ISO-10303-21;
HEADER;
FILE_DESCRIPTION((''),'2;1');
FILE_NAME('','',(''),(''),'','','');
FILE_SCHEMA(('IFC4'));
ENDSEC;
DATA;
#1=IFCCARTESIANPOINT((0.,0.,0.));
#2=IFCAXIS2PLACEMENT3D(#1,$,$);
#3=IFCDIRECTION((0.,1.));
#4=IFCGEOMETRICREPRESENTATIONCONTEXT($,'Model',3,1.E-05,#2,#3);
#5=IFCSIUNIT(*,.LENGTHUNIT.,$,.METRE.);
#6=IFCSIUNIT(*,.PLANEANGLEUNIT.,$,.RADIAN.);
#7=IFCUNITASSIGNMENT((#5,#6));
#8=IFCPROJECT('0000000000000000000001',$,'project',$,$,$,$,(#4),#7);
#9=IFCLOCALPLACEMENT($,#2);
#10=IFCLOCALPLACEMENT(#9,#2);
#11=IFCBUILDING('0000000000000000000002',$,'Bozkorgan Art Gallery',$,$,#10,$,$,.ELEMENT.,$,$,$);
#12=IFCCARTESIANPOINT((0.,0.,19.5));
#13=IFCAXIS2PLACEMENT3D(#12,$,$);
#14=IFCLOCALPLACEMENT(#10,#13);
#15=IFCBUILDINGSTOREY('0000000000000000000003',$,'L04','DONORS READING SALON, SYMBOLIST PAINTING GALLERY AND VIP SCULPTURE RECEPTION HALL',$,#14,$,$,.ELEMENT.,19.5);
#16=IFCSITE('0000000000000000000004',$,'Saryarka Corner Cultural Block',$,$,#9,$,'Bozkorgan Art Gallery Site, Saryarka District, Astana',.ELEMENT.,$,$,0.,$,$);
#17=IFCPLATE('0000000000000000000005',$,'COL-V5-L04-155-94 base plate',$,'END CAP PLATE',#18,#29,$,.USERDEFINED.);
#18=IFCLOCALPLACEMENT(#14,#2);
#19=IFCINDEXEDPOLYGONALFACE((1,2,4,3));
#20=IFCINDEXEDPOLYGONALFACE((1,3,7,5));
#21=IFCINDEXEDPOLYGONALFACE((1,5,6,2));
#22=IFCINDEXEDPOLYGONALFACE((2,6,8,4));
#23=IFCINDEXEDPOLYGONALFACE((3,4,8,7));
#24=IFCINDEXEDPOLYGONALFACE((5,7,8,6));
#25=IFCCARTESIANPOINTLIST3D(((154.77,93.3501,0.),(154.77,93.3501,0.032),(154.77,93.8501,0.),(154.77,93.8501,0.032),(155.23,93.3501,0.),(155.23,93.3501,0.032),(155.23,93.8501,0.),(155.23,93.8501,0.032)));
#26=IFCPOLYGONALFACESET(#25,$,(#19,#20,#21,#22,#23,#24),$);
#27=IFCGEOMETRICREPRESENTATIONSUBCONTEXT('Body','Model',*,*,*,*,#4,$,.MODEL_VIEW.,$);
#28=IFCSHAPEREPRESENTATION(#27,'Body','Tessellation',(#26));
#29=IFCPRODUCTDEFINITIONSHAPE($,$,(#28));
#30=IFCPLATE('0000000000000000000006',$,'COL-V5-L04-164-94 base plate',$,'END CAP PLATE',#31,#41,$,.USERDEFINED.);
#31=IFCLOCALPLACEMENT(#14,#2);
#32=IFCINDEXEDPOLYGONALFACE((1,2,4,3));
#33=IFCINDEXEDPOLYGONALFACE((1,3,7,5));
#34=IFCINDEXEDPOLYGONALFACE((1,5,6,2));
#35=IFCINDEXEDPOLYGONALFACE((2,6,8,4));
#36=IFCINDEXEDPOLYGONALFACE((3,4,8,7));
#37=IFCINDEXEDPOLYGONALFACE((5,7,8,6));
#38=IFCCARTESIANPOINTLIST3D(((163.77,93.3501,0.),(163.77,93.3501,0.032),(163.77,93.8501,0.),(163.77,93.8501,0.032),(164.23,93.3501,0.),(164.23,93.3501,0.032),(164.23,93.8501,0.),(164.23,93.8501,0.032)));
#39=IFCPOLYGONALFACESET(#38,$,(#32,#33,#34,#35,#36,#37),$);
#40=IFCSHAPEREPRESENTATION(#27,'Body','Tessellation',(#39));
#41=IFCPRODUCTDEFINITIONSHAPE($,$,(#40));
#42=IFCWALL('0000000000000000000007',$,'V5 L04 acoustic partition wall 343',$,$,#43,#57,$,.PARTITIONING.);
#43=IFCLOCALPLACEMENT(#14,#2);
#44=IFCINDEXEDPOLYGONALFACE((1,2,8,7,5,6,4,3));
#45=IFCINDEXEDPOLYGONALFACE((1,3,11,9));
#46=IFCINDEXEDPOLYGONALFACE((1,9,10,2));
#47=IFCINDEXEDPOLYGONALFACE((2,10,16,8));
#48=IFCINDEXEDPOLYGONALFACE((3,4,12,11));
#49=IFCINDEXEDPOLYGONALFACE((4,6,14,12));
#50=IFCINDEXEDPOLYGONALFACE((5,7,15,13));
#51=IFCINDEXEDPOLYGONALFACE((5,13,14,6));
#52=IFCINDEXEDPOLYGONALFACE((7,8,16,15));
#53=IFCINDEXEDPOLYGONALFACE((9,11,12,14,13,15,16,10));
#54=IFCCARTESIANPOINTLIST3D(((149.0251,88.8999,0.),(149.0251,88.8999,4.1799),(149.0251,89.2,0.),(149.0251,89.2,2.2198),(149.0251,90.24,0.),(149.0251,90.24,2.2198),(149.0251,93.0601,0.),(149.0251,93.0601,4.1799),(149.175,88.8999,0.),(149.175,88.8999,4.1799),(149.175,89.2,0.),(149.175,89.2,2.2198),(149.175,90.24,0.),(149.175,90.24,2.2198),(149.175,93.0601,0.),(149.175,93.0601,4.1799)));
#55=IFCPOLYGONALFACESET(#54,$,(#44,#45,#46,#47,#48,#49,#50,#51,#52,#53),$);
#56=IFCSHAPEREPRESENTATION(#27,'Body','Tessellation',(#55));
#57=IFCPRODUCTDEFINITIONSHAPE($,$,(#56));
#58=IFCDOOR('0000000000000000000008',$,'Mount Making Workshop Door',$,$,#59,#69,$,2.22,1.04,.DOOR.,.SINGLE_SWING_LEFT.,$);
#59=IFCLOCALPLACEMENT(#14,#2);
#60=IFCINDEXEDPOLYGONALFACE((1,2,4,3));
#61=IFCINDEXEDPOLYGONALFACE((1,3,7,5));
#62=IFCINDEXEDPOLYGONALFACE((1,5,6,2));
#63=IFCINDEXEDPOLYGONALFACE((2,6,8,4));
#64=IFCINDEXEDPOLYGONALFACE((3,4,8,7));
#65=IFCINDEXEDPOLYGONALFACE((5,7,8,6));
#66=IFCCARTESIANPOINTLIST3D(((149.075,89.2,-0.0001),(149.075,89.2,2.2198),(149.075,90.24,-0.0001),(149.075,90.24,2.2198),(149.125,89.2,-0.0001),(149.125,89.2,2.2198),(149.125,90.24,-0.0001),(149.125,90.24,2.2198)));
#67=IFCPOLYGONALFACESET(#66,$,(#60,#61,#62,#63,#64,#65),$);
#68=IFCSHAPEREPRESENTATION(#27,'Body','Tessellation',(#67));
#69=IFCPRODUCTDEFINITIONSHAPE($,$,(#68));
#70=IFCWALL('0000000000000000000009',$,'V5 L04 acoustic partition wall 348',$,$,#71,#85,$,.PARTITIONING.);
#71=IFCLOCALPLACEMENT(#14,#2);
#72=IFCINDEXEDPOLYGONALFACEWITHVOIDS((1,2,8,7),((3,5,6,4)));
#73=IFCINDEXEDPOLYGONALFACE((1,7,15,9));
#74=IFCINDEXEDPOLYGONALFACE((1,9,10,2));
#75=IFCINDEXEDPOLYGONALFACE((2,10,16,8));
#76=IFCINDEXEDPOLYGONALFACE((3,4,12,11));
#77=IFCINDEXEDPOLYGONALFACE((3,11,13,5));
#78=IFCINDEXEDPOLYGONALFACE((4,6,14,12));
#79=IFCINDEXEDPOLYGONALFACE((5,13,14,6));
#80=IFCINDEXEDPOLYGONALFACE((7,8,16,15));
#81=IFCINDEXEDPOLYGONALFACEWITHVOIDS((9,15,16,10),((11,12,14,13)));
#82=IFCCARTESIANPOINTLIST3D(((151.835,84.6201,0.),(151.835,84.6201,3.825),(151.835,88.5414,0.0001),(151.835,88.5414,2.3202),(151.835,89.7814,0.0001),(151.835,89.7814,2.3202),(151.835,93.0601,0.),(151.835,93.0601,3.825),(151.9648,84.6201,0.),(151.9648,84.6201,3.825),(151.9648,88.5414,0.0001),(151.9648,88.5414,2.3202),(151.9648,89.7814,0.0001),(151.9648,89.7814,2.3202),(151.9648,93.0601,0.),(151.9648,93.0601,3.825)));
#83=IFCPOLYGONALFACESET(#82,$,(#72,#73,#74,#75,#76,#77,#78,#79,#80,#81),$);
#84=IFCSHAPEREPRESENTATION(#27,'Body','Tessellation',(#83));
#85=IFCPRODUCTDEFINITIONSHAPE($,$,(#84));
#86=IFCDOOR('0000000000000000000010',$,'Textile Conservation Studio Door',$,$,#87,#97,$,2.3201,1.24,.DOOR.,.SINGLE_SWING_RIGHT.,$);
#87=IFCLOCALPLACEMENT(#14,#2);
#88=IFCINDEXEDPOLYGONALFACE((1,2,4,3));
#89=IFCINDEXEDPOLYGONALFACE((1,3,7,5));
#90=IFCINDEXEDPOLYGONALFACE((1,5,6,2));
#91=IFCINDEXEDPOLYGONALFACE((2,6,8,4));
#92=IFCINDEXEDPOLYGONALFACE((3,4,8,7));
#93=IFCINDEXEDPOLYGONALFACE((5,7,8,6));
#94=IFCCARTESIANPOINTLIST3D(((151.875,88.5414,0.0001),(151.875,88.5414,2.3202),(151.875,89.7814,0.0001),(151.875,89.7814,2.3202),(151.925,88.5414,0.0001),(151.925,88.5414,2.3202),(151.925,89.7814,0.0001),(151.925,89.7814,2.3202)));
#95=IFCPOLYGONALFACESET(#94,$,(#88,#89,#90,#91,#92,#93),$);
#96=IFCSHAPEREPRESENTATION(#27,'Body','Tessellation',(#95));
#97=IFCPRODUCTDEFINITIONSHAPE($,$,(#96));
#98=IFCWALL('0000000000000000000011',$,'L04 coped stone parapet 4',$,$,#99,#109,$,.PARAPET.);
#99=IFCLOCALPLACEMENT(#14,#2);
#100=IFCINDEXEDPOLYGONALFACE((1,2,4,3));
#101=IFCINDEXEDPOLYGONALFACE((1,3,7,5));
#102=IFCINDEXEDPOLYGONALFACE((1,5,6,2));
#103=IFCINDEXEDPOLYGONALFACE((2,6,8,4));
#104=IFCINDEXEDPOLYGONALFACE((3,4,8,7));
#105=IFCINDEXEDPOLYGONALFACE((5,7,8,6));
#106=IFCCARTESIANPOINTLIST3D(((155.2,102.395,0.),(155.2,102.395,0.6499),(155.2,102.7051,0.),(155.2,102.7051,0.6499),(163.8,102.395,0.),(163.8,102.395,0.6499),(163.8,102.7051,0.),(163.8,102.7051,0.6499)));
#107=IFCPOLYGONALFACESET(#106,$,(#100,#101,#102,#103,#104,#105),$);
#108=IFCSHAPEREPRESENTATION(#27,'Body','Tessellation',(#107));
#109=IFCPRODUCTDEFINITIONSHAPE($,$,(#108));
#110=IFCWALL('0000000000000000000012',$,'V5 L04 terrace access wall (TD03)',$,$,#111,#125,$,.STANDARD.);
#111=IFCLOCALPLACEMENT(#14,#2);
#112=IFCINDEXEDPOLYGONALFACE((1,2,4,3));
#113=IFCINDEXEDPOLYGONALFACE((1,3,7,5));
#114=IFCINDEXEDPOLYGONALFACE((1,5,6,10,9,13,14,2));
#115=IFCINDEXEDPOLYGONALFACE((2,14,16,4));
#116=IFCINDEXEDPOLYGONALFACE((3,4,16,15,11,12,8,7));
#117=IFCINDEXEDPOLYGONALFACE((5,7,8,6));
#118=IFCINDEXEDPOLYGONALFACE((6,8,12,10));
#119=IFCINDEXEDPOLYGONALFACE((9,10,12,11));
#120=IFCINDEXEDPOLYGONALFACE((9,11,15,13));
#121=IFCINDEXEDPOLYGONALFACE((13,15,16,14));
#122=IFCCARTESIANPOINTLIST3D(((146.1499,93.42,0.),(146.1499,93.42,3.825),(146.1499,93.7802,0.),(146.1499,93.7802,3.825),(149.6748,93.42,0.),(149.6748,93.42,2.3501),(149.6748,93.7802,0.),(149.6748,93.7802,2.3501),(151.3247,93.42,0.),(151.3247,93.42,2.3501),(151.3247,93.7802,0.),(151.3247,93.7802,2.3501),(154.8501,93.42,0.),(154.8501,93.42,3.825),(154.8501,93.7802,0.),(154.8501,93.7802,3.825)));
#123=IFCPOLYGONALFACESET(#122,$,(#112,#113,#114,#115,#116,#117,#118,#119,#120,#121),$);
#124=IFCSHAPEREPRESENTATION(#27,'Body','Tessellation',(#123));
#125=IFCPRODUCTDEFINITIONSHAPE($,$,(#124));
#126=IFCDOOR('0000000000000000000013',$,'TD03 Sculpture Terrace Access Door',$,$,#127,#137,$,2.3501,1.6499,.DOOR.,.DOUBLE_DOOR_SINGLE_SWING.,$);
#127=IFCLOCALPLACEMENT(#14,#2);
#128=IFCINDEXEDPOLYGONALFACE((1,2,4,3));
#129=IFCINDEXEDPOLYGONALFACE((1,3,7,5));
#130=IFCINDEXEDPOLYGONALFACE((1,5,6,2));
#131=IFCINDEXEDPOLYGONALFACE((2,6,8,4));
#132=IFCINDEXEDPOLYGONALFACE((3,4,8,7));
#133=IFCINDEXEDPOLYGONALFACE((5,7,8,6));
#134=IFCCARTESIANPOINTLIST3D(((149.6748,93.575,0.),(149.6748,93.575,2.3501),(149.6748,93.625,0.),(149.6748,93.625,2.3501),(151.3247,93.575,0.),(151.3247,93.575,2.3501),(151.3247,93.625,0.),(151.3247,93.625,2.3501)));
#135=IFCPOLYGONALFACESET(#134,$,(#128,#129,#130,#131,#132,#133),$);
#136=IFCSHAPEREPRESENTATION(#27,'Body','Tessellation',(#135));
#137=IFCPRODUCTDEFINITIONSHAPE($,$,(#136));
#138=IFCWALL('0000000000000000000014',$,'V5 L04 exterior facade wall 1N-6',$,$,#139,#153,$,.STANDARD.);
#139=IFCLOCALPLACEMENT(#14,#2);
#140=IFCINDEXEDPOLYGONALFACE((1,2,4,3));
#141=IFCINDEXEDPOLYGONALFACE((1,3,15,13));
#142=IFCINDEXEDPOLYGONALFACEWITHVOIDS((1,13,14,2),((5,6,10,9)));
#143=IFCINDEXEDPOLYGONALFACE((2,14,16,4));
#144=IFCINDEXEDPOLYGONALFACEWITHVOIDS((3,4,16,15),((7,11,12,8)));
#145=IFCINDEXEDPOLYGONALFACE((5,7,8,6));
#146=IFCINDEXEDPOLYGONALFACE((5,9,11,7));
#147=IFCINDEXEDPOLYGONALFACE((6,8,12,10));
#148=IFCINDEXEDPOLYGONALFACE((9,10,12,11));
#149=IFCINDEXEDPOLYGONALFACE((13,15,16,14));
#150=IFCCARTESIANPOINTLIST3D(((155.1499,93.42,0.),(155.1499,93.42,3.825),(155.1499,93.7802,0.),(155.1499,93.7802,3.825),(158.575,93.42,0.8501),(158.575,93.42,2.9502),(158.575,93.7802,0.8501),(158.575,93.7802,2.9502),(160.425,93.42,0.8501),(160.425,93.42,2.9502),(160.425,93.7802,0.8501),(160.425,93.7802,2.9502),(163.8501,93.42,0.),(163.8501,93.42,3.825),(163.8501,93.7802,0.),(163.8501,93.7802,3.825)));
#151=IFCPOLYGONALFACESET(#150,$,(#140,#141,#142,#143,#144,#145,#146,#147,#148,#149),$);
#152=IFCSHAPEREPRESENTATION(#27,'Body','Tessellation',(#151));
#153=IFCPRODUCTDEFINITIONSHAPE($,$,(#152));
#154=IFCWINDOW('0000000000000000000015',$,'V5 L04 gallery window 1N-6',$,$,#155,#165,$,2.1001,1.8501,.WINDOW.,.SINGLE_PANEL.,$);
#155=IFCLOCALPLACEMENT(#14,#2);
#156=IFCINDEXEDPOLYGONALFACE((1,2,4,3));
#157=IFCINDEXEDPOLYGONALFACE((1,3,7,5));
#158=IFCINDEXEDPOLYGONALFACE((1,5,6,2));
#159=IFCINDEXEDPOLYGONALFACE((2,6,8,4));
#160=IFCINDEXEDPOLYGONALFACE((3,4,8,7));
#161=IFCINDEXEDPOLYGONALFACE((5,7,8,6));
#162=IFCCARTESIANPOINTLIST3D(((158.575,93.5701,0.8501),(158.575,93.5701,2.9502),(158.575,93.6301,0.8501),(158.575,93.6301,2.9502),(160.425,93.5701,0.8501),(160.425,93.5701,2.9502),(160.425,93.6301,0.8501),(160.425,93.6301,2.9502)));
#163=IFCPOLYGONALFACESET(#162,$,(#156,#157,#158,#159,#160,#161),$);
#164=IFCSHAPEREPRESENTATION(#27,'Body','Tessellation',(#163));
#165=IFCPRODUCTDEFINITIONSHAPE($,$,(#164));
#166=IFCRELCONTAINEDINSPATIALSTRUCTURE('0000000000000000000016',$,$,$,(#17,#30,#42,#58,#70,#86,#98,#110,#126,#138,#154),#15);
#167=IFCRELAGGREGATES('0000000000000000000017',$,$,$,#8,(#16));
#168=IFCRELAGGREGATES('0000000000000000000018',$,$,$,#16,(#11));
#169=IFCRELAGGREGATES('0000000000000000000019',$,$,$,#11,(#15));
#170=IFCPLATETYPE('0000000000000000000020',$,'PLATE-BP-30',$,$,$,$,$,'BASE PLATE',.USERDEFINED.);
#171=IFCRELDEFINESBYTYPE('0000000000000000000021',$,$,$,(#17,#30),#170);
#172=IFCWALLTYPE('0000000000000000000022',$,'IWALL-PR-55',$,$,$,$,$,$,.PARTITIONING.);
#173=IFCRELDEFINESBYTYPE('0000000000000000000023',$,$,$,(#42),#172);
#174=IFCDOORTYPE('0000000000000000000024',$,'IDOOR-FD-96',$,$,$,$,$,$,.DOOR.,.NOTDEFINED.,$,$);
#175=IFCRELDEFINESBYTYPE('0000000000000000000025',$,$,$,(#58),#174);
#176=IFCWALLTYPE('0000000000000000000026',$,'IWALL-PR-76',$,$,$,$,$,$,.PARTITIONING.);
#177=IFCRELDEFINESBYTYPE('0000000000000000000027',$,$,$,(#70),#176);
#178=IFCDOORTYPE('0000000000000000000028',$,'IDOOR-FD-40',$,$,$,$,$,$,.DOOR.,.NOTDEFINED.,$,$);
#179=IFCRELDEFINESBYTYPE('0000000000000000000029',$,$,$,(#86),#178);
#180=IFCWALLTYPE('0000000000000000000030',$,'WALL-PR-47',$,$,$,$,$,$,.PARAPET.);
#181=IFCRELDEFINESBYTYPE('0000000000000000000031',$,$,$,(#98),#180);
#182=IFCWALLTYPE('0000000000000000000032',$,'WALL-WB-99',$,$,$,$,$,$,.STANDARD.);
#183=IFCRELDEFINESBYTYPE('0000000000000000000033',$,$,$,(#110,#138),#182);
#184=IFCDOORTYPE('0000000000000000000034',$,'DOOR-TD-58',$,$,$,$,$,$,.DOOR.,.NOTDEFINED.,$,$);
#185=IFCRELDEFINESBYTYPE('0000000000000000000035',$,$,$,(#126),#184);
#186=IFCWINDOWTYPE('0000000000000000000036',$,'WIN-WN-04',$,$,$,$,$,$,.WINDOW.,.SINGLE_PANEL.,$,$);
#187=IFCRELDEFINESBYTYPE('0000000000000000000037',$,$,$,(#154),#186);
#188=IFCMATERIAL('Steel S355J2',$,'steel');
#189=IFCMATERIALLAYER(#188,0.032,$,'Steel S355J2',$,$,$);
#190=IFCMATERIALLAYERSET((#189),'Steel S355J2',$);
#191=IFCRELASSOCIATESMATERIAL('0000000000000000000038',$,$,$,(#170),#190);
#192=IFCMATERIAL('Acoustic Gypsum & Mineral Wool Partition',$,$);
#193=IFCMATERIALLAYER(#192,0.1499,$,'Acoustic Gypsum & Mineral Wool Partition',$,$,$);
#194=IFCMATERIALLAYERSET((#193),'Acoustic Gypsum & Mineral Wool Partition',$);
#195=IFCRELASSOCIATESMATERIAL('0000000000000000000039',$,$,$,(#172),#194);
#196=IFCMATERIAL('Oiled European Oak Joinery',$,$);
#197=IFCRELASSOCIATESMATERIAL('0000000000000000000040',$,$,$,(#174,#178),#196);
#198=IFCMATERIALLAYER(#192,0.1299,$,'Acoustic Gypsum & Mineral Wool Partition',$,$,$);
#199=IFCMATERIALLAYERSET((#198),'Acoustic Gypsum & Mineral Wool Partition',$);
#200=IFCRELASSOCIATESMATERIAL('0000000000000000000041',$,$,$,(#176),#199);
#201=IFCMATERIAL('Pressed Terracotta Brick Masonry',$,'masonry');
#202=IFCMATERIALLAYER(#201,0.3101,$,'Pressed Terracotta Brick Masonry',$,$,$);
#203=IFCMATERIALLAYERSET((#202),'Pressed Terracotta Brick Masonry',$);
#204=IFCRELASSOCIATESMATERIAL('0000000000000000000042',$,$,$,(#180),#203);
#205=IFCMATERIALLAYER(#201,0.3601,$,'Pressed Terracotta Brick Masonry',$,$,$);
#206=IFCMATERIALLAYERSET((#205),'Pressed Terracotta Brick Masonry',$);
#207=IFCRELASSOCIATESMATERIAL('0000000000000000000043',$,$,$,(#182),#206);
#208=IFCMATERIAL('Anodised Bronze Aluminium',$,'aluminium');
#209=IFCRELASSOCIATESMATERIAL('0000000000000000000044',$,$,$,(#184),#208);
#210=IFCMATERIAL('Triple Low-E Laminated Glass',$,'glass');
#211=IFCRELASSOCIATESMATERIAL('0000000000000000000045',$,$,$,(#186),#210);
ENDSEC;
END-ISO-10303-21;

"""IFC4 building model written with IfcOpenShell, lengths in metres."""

from ifc_helpers import new_model, si_unit, direction, frame, frame_2d, origin, origin_2d, place, context, subcontext, project, spatial, rectangle, extrude, material, layer, layer_set, type_object, element, fill, save


model = new_model("IFC4")

# Units and contexts
model_context = context("Model", 3, precision=1e-05, world=origin(), true_north=direction((0.0, 1.0)))
body_context = subcontext(model_context, "Body", "Model", "MODEL_VIEW")
ifc_project = project(units=[si_unit("LENGTHUNIT", "METRE"), si_unit("PLANEANGLEUNIT", "RADIAN")], contexts=[model_context])

# Site, building, storey
site_placement = place(None, origin())
site = spatial("IfcSite", under=ifc_project, at=site_placement, Name="Saryarka Corner Cultural Block", LongName="Bozkorgan Art Gallery Site, Saryarka District, Astana", CompositionType="ELEMENT", RefElevation=0.0)
building_placement = place(site_placement, origin())
building = spatial("IfcBuilding", under=site, at=building_placement, Name="Bozkorgan Art Gallery", CompositionType="ELEMENT")
storey_placement = place(building_placement, frame((0.0, 0.0, 19.5)))
storey = spatial("IfcBuildingStorey", under=building, at=storey_placement, Name="L04", Description="DONORS READING SALON, SYMBOLIST PAINTING GALLERY AND VIP SCULPTURE RECEPTION HALL", CompositionType="ELEMENT", Elevation=19.5)

# Shared definitions
ifc_material_1 = material(Name="Steel S355J2", Category="steel")

# Plates
ifc_layer_1 = layer(ifc_material_1, 0.032, Name="Steel S355J2")
ifc_layer_set_1 = layer_set([ifc_layer_1], Name="Steel S355J2")
plate_type = type_object("IfcPlateType", Name="PLATE-BP-30", ElementType="BASE PLATE", PredefinedType="USERDEFINED", material=ifc_layer_set_1)
for number, where, z_axis, x_axis, name in (
    (1, (155.0, 93.6001, 0.0), (0.0, 0.0, 1.0), (1.0, 0.0, 0.0), "COL-V5-L04-155-94 base plate"),
    (2, (164.0, 93.6001, 0.0), (0.0, 0.0, 1.0), (1.0, 0.0, 0.0), "COL-V5-L04-164-94 base plate"),
):
    element("IfcPlate", number, at=place(storey_placement, frame(where, z_axis=z_axis, x_axis=x_axis)), inside=storey, type_object=plate_type, Name=name, ObjectType="END CAP PLATE", PredefinedType="USERDEFINED", context=body_context, shape_type="SweptSolid", body=[
        extrude(rectangle(XDim=0.46, YDim=0.5, at=origin_2d()), origin(), (0.0, 0.0, 1.0), 0.032),
    ])

# Walls, openings, doors
ifc_material_2 = material(Name="Acoustic Gypsum & Mineral Wool Partition")
ifc_layer_2 = layer(ifc_material_2, 0.1499, Name="Acoustic Gypsum & Mineral Wool Partition")
ifc_layer_set_2 = layer_set([ifc_layer_2], Name="Acoustic Gypsum & Mineral Wool Partition")
wall_type_1 = type_object("IfcWallType", Name="IWALL-PR-55", PredefinedType="PARTITIONING", material=ifc_layer_set_2)
wall_1_placement = place(storey_placement, frame((149.1001, 88.8999, 0.0), z_axis=(0.0, 0.0, 1.0), x_axis=(0.0, 1.0, 0.0)))
wall_1 = element("IfcWall", 3, at=wall_1_placement, inside=storey, type_object=wall_type_1, Name="V5 L04 acoustic partition wall 343", PredefinedType="PARTITIONING", context=body_context, shape_type="SweptSolid", body=[
    extrude(rectangle(XDim=4.1602, YDim=0.1499, at=frame_2d((2.0801, 0.0))), origin(), (0.0, 0.0, 1.0), 4.1799),
])
opening_1_placement = place(wall_1_placement, frame((1.3401, 0.0, 0.0), z_axis=(0.0, 0.0, 1.0), x_axis=(-1.0, 0.0, 0.0)))
opening_1 = element("IfcOpeningElement", 4, at=opening_1_placement, cuts=wall_1, PredefinedType="OPENING", context=body_context, shape_type="SweptSolid", body=[
    extrude(rectangle(XDim=1.04, YDim=2.22, at=frame_2d((0.52, 1.1099))), frame((0.0, 0.085, 0.0), z_axis=(0.0, -1.0, 0.0), x_axis=(1.0, 0.0, 0.0)), (0.0, 0.0, 1.0), 0.1699),
])
ifc_material_3 = material(Name="Oiled European Oak Joinery")
door_type_1 = type_object("IfcDoorType", Name="IDOOR-FD-96", OperationType="NOTDEFINED", PredefinedType="DOOR", material=ifc_material_3)
door_1_placement = place(opening_1_placement, origin())
door_1 = element("IfcDoor", 5, at=door_1_placement, inside=storey, type_object=door_type_1, Name="Mount Making Workshop Door", OperationType="SINGLE_SWING_LEFT", OverallHeight=2.22, OverallWidth=1.04, PredefinedType="DOOR", context=body_context, shape_type="SweptSolid", body=[
    extrude(rectangle(XDim=1.04, YDim=2.22, at=frame_2d((0.52, 1.1099))), frame((0.0, 0.0249, 0.0), z_axis=(0.0, -1.0, 0.0), x_axis=(1.0, 0.0, 0.0)), (0.0, 0.0, 1.0), 0.05),
])
fill(opening_1, door_1)
ifc_layer_3 = layer(ifc_material_2, 0.1299, Name="Acoustic Gypsum & Mineral Wool Partition")
ifc_layer_set_3 = layer_set([ifc_layer_3], Name="Acoustic Gypsum & Mineral Wool Partition")
wall_type_2 = type_object("IfcWallType", Name="IWALL-PR-76", PredefinedType="PARTITIONING", material=ifc_layer_set_3)
wall_2_placement = place(storey_placement, frame((151.8999, 84.6201, 0.0), z_axis=(0.0, 0.0, 1.0), x_axis=(0.0, 1.0, 0.0)))
wall_2 = element("IfcWall", 6, at=wall_2_placement, inside=storey, type_object=wall_type_2, Name="V5 L04 acoustic partition wall 348", PredefinedType="PARTITIONING", context=body_context, shape_type="SweptSolid", body=[
    extrude(rectangle(XDim=8.4399, YDim=0.1299, at=frame_2d((4.22, 0.0))), origin(), (0.0, 0.0, 1.0), 3.825),
])
opening_2_placement = place(wall_2_placement, frame((3.9211, 0.0, 0.0)))
opening_2 = element("IfcOpeningElement", 7, at=opening_2_placement, cuts=wall_2, PredefinedType="OPENING", context=body_context, shape_type="SweptSolid", body=[
    extrude(rectangle(XDim=1.24, YDim=2.3201, at=frame_2d((0.6201, 1.1602))), frame((0.0, 0.075, 0.0), z_axis=(0.0, -1.0, 0.0), x_axis=(1.0, 0.0, 0.0)), (0.0, 0.0, 1.0), 0.1499),
])
door_type_2 = type_object("IfcDoorType", Name="IDOOR-FD-40", OperationType="NOTDEFINED", PredefinedType="DOOR", material=ifc_material_3)
door_2_placement = place(opening_2_placement, origin())
door_2 = element("IfcDoor", 8, at=door_2_placement, inside=storey, type_object=door_type_2, Name="Textile Conservation Studio Door", OperationType="SINGLE_SWING_RIGHT", OverallHeight=2.3201, OverallWidth=1.24, PredefinedType="DOOR", context=body_context, shape_type="SweptSolid", body=[
    extrude(rectangle(XDim=1.24, YDim=2.3201, at=frame_2d((0.6201, 1.1602))), frame((0.0, 0.0249, 0.0), z_axis=(0.0, -1.0, 0.0), x_axis=(1.0, 0.0, 0.0)), (0.0, 0.0, 1.0), 0.05),
])
fill(opening_2, door_2)

# Wall
ifc_material_4 = material(Name="Pressed Terracotta Brick Masonry", Category="masonry")
ifc_layer_4 = layer(ifc_material_4, 0.3101, Name="Pressed Terracotta Brick Masonry")
ifc_layer_set_4 = layer_set([ifc_layer_4], Name="Pressed Terracotta Brick Masonry")
wall_type_3 = type_object("IfcWallType", Name="WALL-PR-47", PredefinedType="PARAPET", material=ifc_layer_set_4)
wall_3_placement = place(storey_placement, frame((155.2, 102.55, 0.0), z_axis=(0.0, 0.0, 1.0), x_axis=(1.0, 0.0, 0.0)))
element("IfcWall", 9, at=wall_3_placement, inside=storey, type_object=wall_type_3, Name="L04 coped stone parapet 4", PredefinedType="PARAPET", context=body_context, shape_type="SweptSolid", body=[
    extrude(rectangle(XDim=8.6001, YDim=0.3101, at=frame_2d((4.3, 0.0))), origin(), (0.0, 0.0, 1.0), 0.6499),
])

# Wall, opening, door
ifc_layer_5 = layer(ifc_material_4, 0.3601, Name="Pressed Terracotta Brick Masonry")
ifc_layer_set_5 = layer_set([ifc_layer_5], Name="Pressed Terracotta Brick Masonry")
wall_type_4 = type_object("IfcWallType", Name="WALL-WB-99", PredefinedType="STANDARD", material=ifc_layer_set_5)
wall_4_placement = place(storey_placement, frame((146.1499, 93.6001, 0.0), z_axis=(0.0, 0.0, 1.0), x_axis=(1.0, 0.0, 0.0)))
wall_4 = element("IfcWall", 10, at=wall_4_placement, inside=storey, type_object=wall_type_4, Name="V5 L04 terrace access wall (TD03)", PredefinedType="STANDARD", context=body_context, shape_type="SweptSolid", body=[
    extrude(rectangle(XDim=8.7002, YDim=0.3601, at=frame_2d((4.3501, 0.0))), origin(), (0.0, 0.0, 1.0), 3.825),
])
opening_3_placement = place(wall_4_placement, frame((3.5249, 0.0, 0.0)))
opening_3 = element("IfcOpeningElement", 11, at=opening_3_placement, cuts=wall_4, PredefinedType="OPENING", context=body_context, shape_type="SweptSolid", body=[
    extrude(rectangle(XDim=1.6499, YDim=2.3501, at=frame_2d((0.825, 1.175))), frame((0.0, 0.1899, 0.0), z_axis=(0.0, -1.0, 0.0), x_axis=(1.0, 0.0, 0.0)), (0.0, 0.0, 1.0), 0.3801),
])
ifc_material_5 = material(Name="Anodised Bronze Aluminium", Category="aluminium")
door_type_3 = type_object("IfcDoorType", Name="DOOR-TD-58", OperationType="NOTDEFINED", PredefinedType="DOOR", material=ifc_material_5)
door_3_placement = place(opening_3_placement, origin())
door_3 = element("IfcDoor", 12, at=door_3_placement, inside=storey, type_object=door_type_3, Name="TD03 Sculpture Terrace Access Door", OperationType="DOUBLE_DOOR_SINGLE_SWING", OverallHeight=2.3501, OverallWidth=1.6499, PredefinedType="DOOR", context=body_context, shape_type="SweptSolid", body=[
    extrude(rectangle(XDim=1.6499, YDim=2.3501, at=frame_2d((0.825, 1.175))), frame((0.0, 0.0249, 0.0), z_axis=(0.0, -1.0, 0.0), x_axis=(1.0, 0.0, 0.0)), (0.0, 0.0, 1.0), 0.05),
])
fill(opening_3, door_3)

# Wall, opening, window
wall_5_placement = place(storey_placement, frame((155.1499, 93.6001, 0.0), z_axis=(0.0, 0.0, 1.0), x_axis=(1.0, 0.0, 0.0)))
wall_5 = element("IfcWall", 13, at=wall_5_placement, inside=storey, type_object=wall_type_4, Name="V5 L04 exterior facade wall 1N-6", PredefinedType="STANDARD", context=body_context, shape_type="SweptSolid", body=[
    extrude(rectangle(XDim=8.7002, YDim=0.3601, at=frame_2d((4.3501, 0.0))), origin(), (0.0, 0.0, 1.0), 3.825),
])
opening_4_placement = place(wall_5_placement, frame((3.425, 0.0, 0.8501)))
opening_4 = element("IfcOpeningElement", 14, at=opening_4_placement, cuts=wall_5, PredefinedType="OPENING", context=body_context, shape_type="SweptSolid", body=[
    extrude(rectangle(XDim=1.8501, YDim=2.1001, at=frame_2d((0.925, 1.05))), frame((0.0, 0.1899, 0.0), z_axis=(0.0, -1.0, 0.0), x_axis=(1.0, 0.0, 0.0)), (0.0, 0.0, 1.0), 0.3801),
])
ifc_material_6 = material(Name="Triple Low-E Laminated Glass", Category="glass")
window_type_1 = type_object("IfcWindowType", Name="WIN-WN-04", PartitioningType="SINGLE_PANEL", PredefinedType="WINDOW", material=ifc_material_6)
window_1_placement = place(opening_4_placement, origin())
window_1 = element("IfcWindow", 15, at=window_1_placement, inside=storey, type_object=window_type_1, Name="V5 L04 gallery window 1N-6", OverallHeight=2.1001, OverallWidth=1.8501, PartitioningType="SINGLE_PANEL", PredefinedType="WINDOW", context=body_context, shape_type="SweptSolid", body=[
    extrude(rectangle(XDim=1.8501, YDim=2.1001, at=frame_2d((0.925, 1.05))), frame((0.0, 0.03, 0.0), z_axis=(0.0, -1.0, 0.0), x_axis=(1.0, 0.0, 0.0)), (0.0, 0.0, 1.0), 0.0601),
])
fill(opening_4, window_1)

save(model, "model.ifc")
